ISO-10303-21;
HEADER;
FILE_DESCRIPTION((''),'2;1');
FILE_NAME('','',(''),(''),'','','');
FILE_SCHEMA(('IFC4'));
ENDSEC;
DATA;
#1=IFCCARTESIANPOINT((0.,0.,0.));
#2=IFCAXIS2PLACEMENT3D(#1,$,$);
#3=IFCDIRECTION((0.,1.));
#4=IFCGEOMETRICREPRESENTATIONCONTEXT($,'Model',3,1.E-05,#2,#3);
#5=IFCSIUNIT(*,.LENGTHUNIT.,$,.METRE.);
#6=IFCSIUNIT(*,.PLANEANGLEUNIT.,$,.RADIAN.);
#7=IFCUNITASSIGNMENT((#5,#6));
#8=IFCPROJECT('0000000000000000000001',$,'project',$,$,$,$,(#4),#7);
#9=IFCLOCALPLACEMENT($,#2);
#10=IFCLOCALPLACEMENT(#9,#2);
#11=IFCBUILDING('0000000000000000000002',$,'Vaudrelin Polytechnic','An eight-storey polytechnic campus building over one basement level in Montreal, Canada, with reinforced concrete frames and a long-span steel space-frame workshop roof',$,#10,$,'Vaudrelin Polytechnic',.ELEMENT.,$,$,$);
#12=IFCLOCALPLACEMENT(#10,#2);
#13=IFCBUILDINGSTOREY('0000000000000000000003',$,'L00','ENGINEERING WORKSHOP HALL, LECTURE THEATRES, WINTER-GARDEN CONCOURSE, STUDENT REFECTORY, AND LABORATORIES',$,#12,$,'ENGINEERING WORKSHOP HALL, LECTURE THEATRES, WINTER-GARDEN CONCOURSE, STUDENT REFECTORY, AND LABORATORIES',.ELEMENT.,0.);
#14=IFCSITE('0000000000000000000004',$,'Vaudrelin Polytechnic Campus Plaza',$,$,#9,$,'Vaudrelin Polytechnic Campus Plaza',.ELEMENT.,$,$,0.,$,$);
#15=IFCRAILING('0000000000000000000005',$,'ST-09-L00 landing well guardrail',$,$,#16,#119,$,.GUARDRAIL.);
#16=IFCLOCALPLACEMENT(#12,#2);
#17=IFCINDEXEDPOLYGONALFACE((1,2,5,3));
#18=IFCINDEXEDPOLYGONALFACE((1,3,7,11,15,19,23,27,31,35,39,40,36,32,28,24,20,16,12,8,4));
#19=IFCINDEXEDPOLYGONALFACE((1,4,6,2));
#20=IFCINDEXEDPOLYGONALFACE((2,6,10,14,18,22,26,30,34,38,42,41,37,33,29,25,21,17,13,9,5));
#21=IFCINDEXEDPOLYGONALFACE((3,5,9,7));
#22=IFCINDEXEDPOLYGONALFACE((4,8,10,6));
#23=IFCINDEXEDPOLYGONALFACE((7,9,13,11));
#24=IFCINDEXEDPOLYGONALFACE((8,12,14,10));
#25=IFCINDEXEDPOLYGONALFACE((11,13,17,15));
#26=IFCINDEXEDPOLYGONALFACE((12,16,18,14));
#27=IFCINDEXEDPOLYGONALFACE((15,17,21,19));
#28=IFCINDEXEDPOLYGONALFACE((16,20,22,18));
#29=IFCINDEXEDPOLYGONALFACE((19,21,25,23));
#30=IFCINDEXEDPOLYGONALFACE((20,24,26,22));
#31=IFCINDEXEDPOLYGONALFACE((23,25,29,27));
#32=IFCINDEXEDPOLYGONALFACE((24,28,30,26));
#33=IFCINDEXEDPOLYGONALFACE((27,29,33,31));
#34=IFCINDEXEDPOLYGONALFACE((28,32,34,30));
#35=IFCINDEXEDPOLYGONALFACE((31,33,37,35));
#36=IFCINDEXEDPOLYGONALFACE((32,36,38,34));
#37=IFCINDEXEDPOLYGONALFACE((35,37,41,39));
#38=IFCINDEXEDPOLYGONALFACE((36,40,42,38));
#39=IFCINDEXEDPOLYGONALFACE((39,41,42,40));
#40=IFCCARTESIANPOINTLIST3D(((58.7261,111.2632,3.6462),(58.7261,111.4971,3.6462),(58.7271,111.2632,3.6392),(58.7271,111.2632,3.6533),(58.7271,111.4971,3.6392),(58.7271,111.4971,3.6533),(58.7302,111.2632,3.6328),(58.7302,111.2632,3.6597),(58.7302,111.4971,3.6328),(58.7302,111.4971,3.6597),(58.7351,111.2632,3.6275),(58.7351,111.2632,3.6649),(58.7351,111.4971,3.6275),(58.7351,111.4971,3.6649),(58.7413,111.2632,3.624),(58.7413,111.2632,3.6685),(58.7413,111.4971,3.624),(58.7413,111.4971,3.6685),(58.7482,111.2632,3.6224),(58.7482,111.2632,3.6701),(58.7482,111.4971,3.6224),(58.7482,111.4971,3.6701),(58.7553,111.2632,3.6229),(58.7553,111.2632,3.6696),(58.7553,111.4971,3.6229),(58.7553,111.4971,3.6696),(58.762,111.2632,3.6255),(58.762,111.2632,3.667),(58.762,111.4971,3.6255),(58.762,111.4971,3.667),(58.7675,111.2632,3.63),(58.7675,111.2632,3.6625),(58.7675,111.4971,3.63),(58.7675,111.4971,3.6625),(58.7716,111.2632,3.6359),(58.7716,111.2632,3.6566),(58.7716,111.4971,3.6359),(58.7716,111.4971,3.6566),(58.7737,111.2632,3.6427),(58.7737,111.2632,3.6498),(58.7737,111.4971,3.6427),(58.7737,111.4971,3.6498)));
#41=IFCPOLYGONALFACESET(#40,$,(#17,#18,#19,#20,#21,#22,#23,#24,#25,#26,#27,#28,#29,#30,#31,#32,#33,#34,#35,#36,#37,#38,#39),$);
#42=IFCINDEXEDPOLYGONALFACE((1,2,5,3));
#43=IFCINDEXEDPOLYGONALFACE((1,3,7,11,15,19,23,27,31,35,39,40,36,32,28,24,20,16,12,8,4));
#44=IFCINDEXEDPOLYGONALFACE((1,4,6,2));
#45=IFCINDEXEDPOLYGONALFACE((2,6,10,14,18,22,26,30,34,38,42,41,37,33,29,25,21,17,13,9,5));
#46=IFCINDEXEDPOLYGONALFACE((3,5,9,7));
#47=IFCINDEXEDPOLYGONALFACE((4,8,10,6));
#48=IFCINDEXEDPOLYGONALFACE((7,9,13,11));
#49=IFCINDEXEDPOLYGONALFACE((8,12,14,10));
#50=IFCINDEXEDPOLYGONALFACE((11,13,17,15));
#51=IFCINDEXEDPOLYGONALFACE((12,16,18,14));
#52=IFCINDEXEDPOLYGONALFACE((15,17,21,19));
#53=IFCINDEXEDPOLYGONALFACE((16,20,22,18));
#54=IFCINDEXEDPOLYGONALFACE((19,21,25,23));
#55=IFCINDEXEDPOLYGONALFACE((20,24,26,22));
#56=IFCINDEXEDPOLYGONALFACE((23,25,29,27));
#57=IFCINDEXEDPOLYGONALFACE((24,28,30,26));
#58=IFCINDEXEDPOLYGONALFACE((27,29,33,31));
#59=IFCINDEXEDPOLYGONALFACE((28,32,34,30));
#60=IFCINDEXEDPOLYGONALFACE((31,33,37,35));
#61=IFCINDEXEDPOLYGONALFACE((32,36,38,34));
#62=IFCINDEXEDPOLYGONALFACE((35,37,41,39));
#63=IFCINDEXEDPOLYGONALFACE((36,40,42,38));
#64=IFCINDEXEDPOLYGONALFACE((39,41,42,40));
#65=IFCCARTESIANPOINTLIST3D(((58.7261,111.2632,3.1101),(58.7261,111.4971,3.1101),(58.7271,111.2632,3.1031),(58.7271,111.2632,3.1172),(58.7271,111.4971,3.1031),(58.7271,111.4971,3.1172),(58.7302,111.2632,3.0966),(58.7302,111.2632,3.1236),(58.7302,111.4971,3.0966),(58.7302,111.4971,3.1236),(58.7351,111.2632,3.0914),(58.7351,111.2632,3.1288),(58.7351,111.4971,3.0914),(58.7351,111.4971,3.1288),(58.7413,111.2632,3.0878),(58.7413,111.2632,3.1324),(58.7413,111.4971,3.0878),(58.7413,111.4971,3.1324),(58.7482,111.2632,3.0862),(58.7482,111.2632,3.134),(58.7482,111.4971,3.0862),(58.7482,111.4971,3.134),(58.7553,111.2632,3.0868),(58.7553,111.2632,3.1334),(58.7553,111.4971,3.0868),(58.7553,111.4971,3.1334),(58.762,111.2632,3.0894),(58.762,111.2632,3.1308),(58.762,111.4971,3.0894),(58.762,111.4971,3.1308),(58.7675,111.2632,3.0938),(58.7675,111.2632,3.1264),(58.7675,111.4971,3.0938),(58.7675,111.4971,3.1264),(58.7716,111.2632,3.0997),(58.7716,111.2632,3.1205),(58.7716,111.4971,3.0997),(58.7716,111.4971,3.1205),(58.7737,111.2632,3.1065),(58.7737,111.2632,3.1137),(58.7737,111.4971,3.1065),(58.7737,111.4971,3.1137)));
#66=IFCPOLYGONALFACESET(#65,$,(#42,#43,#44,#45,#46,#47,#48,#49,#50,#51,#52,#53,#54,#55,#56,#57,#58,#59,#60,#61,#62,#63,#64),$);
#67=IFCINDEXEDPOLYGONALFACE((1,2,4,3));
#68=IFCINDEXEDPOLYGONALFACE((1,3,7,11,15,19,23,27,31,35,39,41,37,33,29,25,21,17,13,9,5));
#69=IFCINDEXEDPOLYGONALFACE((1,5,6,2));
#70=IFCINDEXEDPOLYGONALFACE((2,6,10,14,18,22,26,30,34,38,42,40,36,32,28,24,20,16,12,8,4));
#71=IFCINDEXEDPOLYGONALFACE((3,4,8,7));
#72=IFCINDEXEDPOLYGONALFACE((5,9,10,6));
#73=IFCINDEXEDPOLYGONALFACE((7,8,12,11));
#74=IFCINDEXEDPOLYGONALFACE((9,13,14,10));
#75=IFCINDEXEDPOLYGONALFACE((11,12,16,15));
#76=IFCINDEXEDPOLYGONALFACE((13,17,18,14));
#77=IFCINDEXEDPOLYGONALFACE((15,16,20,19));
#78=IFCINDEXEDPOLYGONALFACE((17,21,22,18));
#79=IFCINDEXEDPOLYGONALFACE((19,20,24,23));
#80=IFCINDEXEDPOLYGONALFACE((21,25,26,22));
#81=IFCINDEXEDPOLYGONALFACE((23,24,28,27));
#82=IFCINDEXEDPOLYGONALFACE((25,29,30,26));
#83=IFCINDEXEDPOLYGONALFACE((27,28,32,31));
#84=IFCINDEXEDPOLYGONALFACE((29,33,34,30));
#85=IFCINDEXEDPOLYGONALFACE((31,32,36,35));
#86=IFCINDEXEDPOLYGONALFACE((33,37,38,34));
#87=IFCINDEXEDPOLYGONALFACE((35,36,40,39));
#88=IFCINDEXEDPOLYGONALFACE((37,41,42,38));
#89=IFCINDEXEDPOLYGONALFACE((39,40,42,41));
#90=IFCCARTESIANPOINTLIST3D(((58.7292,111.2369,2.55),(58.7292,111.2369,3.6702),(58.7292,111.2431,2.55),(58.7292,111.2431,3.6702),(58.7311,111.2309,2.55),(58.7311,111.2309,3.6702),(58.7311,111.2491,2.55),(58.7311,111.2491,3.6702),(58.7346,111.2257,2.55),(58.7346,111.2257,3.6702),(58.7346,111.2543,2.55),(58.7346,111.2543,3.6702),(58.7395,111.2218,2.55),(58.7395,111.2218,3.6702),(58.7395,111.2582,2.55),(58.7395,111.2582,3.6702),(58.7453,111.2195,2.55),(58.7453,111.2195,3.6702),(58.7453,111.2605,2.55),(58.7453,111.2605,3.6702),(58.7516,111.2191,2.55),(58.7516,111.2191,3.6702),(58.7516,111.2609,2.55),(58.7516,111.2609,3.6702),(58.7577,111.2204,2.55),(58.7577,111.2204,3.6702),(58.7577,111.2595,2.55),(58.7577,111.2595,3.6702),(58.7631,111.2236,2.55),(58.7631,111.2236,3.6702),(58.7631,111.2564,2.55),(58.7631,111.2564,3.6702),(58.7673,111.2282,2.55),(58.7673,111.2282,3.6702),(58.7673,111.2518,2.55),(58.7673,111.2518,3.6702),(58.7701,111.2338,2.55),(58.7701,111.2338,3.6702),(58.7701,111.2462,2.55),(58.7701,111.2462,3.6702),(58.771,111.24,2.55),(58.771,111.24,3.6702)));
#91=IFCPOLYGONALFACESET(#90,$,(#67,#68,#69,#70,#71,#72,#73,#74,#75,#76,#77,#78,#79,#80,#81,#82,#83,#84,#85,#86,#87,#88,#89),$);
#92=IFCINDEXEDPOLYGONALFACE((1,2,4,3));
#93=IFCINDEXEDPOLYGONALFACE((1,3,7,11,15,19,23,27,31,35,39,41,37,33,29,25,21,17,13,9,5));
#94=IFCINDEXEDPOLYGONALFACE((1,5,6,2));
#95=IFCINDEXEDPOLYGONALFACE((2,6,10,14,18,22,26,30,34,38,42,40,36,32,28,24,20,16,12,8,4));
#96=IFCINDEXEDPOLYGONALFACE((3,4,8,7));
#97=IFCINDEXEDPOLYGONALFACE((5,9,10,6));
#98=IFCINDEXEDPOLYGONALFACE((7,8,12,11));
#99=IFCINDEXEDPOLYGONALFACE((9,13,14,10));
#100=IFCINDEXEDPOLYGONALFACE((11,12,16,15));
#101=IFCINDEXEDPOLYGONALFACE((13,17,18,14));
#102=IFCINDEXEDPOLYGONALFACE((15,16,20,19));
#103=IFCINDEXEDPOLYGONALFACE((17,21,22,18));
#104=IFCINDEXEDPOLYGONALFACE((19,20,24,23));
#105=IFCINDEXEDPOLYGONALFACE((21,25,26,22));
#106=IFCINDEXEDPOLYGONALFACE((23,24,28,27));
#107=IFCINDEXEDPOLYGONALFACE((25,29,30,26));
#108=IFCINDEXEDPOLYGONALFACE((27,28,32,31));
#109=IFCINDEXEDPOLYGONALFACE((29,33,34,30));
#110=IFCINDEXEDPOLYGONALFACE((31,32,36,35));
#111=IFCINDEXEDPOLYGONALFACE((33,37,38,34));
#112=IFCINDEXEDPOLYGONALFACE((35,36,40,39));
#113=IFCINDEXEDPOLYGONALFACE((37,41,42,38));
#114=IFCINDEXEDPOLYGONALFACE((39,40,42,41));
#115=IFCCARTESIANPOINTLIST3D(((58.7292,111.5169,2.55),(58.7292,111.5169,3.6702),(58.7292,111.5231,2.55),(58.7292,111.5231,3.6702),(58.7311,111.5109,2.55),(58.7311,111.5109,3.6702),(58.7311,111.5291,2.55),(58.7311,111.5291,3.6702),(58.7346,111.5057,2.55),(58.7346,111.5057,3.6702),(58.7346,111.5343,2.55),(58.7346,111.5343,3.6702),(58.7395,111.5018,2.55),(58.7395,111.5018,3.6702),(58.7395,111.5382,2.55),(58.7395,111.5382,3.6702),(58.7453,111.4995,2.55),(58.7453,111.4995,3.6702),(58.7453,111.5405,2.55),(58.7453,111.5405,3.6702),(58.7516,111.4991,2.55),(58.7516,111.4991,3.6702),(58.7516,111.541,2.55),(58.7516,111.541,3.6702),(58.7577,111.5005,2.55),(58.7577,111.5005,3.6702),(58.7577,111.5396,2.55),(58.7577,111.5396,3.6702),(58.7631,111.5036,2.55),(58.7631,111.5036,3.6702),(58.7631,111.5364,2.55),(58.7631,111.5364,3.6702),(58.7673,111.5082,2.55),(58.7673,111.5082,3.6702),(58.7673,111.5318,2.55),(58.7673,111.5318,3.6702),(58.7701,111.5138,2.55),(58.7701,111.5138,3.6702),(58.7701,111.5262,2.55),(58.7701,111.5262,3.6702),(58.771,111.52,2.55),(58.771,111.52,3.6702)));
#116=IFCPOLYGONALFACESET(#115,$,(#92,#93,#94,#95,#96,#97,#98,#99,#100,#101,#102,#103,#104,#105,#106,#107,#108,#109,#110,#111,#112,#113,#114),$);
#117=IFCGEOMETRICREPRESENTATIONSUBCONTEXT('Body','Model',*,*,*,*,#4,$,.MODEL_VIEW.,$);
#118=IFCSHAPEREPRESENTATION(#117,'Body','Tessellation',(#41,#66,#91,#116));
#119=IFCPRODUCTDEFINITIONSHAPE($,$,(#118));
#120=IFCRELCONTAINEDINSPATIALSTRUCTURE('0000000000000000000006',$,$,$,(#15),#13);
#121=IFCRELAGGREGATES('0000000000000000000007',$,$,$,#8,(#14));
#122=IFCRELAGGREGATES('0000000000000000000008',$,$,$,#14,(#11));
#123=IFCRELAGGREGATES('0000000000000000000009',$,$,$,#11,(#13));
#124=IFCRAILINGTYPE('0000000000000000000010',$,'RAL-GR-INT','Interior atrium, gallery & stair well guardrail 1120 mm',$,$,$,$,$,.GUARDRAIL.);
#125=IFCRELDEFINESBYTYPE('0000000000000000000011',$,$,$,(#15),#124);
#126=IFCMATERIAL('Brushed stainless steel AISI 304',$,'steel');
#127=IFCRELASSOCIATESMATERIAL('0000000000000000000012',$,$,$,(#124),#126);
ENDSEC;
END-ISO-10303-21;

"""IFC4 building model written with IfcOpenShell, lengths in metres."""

from ifc_helpers import new_model, si_unit, direction, frame, origin, origin_2d, place, context, subcontext, project, spatial, circle, extrude, material, type_object, element, save


model = new_model("IFC4")

# Units and contexts
model_context = context("Model", 3, precision=1e-05, world=origin(), true_north=direction((0.0, 1.0)))
body_context = subcontext(model_context, "Body", "Model", "MODEL_VIEW")
ifc_project = project(units=[si_unit("LENGTHUNIT", "METRE"), si_unit("PLANEANGLEUNIT", "RADIAN")], contexts=[model_context])

# Site, building, storey
site_placement = place(None, origin())
site = spatial("IfcSite", under=ifc_project, at=site_placement, Name="Vaudrelin Polytechnic Campus Plaza", LongName="Vaudrelin Polytechnic Campus Plaza", CompositionType="ELEMENT", RefElevation=0.0)
building_placement = place(site_placement, origin())
building = spatial("IfcBuilding", under=site, at=building_placement, Name="Vaudrelin Polytechnic", Description="An eight-storey polytechnic campus building over one basement level in Montreal, Canada, with reinforced concrete frames and a long-span steel space-frame workshop roof", LongName="Vaudrelin Polytechnic", CompositionType="ELEMENT")
storey_placement = place(building_placement, origin())
storey = spatial("IfcBuildingStorey", under=building, at=storey_placement, Name="L00", Description="ENGINEERING WORKSHOP HALL, LECTURE THEATRES, WINTER-GARDEN CONCOURSE, STUDENT REFECTORY, AND LABORATORIES", LongName="ENGINEERING WORKSHOP HALL, LECTURE THEATRES, WINTER-GARDEN CONCOURSE, STUDENT REFECTORY, AND LABORATORIES", CompositionType="ELEMENT", Elevation=0.0)

# Railing
ifc_material_1 = material(Name="Brushed stainless steel AISI 304", Category="steel")
railing_type_1 = type_object("IfcRailingType", Name="RAL-GR-INT", Description="Interior atrium, gallery & stair well guardrail 1120 mm", PredefinedType="GUARDRAIL", material=ifc_material_1)
railing_1_placement = place(storey_placement, frame((58.75, 111.24, 2.55)))
element("IfcRailing", 1, at=railing_1_placement, inside=storey, type_object=railing_type_1, Name="ST-09-L00 landing well guardrail", PredefinedType="GUARDRAIL", context=body_context, shape_type="SweptSolid", body=[
    extrude(circle(Radius=0.0239, at=origin_2d()), frame((0.0, 0.0232, 1.0962), z_axis=(0.0, 1.0, 0.0), x_axis=(-1.0, 0.0, 0.0)), (0.0, 0.0, 1.0), 0.2339),
    extrude(circle(Radius=0.0239, at=origin_2d()), frame((0.0, 0.0232, 0.5601), z_axis=(0.0, 1.0, 0.0), x_axis=(-1.0, 0.0, 0.0)), (0.0, 0.0, 1.0), 0.2339),
    extrude(circle(Radius=0.021, at=origin_2d()), origin(), (0.0, 0.0, 1.0), 1.1201),
    extrude(circle(Radius=0.021, at=origin_2d()), frame((0.0, 0.28, 0.0)), (0.0, 0.0, 1.0), 1.1201),
])

save(model, "model.ifc")
